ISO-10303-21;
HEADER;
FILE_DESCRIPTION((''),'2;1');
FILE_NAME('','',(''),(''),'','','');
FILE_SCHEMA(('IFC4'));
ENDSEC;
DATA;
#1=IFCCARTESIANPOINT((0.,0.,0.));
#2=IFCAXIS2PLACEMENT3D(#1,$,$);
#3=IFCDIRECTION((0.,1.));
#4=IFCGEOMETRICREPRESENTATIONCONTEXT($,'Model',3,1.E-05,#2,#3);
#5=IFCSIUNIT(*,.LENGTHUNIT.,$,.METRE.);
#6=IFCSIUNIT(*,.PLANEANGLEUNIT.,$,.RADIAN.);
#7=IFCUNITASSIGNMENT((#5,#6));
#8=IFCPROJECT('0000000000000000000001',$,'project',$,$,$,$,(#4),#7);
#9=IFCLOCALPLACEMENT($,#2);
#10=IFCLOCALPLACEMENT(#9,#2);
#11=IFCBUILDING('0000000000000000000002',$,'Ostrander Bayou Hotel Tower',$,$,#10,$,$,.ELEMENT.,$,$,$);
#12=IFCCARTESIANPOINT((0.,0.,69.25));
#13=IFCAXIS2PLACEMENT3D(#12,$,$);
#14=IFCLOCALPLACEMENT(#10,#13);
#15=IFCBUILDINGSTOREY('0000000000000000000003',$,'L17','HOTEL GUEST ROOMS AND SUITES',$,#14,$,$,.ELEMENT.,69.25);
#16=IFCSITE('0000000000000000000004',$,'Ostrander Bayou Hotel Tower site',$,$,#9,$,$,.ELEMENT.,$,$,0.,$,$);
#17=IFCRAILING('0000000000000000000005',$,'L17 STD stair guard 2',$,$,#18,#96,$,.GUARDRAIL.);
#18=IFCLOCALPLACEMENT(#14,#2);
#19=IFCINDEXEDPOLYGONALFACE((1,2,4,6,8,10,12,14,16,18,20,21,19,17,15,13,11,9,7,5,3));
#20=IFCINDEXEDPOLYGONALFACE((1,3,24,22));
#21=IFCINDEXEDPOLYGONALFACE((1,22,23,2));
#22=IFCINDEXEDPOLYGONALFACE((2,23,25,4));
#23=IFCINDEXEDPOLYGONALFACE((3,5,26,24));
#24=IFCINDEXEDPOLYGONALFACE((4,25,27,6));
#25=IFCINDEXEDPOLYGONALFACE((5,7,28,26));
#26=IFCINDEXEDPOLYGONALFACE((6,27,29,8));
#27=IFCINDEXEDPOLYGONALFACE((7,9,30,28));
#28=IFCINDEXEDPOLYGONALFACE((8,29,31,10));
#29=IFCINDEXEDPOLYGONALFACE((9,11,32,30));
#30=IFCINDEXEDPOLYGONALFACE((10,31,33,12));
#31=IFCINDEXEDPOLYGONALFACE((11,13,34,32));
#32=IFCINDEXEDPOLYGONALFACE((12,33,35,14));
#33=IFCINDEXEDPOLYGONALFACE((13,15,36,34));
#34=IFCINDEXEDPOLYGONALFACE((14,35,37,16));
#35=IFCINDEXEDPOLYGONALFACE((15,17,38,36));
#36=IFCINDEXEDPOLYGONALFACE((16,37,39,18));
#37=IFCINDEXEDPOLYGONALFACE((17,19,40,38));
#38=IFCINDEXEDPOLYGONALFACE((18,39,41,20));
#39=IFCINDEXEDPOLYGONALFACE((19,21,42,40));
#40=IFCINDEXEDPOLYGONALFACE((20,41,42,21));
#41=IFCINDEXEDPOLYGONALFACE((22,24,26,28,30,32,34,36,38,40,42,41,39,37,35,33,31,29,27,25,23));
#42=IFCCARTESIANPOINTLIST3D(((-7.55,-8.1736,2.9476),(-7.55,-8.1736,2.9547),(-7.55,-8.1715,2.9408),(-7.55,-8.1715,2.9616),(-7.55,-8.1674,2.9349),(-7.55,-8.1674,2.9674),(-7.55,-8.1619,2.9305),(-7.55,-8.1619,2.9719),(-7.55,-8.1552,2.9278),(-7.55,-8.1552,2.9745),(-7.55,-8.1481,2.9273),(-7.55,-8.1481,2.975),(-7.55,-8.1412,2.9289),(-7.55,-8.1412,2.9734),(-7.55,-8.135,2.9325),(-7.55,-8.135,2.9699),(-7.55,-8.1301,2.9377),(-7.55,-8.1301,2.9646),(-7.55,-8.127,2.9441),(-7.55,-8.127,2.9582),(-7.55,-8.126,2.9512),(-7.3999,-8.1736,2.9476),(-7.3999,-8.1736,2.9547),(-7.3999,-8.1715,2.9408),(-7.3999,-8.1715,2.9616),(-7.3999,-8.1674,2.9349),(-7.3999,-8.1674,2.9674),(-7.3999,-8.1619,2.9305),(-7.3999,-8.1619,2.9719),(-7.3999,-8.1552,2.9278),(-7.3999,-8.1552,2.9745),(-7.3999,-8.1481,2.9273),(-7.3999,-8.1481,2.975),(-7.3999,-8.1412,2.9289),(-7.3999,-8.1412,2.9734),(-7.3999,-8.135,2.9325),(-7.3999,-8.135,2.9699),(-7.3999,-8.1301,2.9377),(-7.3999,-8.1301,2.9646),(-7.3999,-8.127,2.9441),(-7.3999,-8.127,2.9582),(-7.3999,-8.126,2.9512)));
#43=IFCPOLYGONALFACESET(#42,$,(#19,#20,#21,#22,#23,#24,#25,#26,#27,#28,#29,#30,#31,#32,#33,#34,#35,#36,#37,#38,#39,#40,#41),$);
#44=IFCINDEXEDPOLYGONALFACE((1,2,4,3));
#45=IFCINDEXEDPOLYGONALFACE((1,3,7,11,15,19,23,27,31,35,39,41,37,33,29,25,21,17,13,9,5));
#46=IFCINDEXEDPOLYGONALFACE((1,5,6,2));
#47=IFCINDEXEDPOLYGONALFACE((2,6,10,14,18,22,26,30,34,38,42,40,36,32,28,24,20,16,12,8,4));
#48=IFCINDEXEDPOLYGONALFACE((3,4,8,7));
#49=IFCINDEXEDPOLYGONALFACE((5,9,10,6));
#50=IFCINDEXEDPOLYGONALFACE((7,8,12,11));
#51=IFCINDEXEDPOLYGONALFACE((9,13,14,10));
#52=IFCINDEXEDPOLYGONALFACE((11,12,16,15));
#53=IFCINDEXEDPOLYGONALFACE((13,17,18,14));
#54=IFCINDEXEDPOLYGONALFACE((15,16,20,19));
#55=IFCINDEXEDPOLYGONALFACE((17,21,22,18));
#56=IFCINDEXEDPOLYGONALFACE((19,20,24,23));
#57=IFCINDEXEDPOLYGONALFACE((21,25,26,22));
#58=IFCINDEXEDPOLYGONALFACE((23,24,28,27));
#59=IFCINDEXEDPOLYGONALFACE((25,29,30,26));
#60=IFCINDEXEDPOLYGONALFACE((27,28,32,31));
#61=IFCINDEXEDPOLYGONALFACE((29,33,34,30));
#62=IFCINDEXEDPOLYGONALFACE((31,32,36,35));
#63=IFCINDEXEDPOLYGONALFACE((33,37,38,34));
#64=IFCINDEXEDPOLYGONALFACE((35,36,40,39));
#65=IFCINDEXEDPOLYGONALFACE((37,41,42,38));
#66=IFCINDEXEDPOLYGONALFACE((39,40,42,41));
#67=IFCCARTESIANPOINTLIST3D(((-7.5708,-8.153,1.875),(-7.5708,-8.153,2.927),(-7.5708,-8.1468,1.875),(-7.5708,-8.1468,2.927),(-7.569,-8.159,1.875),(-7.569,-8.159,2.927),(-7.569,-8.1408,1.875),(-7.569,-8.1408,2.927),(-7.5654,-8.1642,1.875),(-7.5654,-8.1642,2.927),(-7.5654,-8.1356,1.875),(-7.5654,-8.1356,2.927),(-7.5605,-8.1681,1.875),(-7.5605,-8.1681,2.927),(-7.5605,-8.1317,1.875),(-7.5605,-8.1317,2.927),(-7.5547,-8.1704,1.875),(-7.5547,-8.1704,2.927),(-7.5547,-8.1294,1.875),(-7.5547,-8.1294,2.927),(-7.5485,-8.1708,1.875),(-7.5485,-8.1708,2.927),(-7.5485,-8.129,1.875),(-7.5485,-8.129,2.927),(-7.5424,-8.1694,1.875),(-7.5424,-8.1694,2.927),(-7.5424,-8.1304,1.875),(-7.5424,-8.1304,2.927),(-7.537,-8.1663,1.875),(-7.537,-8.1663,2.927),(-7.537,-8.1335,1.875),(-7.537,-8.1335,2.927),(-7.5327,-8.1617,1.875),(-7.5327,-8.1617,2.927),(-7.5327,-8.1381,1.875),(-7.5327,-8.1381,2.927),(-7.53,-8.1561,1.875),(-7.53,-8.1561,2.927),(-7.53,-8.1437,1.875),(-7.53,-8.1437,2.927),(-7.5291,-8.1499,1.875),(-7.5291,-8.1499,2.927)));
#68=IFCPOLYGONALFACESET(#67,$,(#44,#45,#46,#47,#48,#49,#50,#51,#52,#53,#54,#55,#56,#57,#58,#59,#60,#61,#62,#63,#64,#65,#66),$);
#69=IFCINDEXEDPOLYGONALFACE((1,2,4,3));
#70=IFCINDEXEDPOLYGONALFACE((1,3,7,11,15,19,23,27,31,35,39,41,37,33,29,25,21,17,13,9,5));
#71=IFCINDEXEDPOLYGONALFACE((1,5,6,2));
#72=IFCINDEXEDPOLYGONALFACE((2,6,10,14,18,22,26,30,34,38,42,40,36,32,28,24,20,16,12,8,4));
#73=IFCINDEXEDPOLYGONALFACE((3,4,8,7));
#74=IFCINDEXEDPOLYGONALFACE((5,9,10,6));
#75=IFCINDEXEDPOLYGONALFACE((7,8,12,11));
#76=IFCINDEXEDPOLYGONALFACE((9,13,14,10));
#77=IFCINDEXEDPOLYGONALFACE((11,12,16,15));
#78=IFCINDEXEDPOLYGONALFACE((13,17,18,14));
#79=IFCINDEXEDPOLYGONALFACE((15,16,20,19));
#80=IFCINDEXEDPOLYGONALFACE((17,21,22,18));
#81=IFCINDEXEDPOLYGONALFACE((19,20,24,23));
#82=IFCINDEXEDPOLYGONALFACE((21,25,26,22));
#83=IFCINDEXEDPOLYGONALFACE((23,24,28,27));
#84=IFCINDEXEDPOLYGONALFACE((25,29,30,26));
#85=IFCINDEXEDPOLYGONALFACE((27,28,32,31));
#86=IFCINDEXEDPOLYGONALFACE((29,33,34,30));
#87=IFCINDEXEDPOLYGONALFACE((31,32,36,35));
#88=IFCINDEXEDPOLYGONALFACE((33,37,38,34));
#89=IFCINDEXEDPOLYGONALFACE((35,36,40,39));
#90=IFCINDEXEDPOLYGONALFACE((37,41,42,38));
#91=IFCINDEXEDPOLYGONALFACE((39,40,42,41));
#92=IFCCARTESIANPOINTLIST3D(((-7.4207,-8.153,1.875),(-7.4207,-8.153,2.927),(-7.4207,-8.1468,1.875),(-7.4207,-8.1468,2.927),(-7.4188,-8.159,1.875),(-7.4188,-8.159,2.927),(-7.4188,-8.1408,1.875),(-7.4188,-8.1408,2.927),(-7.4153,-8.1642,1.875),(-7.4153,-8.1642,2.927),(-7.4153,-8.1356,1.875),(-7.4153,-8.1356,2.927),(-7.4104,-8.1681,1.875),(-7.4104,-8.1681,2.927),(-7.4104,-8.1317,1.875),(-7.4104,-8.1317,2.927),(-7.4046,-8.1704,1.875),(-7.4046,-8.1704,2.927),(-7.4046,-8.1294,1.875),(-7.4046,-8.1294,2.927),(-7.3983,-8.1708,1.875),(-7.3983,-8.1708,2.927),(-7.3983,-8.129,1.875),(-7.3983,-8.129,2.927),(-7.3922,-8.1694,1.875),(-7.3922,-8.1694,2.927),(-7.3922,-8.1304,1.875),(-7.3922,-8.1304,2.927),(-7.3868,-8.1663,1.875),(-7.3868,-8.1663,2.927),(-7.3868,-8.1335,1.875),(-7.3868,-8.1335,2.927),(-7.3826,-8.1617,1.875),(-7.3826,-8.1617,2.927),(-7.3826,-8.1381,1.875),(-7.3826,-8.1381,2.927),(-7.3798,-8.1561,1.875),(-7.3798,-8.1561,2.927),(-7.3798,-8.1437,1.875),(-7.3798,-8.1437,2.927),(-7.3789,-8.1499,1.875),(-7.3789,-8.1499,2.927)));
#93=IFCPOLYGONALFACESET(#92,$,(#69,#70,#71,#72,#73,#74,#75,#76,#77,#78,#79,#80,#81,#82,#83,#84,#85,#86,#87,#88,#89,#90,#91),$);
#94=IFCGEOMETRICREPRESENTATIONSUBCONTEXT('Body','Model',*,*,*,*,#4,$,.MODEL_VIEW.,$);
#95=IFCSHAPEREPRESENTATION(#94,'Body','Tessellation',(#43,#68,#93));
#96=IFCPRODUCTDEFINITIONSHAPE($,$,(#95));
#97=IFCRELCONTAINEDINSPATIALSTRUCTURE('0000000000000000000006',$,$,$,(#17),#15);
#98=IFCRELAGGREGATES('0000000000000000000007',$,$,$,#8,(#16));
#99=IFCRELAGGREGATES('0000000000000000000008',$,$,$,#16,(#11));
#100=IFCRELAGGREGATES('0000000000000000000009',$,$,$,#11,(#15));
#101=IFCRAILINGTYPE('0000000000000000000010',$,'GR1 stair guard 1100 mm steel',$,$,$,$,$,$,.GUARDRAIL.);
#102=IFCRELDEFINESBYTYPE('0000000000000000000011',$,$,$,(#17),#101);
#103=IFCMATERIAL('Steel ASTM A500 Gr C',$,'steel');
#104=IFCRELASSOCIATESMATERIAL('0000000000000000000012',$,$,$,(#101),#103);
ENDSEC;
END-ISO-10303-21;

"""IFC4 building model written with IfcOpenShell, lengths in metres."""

from ifc_helpers import new_model, si_unit, direction, frame, origin, origin_2d, place, context, subcontext, project, spatial, circle, extrude, material, type_object, element, save


model = new_model("IFC4")

# Units and contexts
model_context = context("Model", 3, precision=1e-05, world=origin(), true_north=direction((0.0, 1.0)))
body_context = subcontext(model_context, "Body", "Model", "MODEL_VIEW")
ifc_project = project(units=[si_unit("LENGTHUNIT", "METRE"), si_unit("PLANEANGLEUNIT", "RADIAN")], contexts=[model_context])

# Site, building, storey
site_placement = place(None, origin())
site = spatial("IfcSite", under=ifc_project, at=site_placement, Name="Ostrander Bayou Hotel Tower site", CompositionType="ELEMENT", RefElevation=0.0)
building_placement = place(site_placement, origin())
building = spatial("IfcBuilding", under=site, at=building_placement, Name="Ostrander Bayou Hotel Tower", CompositionType="ELEMENT")
storey_placement = place(building_placement, frame((0.0, 0.0, 69.25)))
storey = spatial("IfcBuildingStorey", under=building, at=storey_placement, Name="L17", Description="HOTEL GUEST ROOMS AND SUITES", CompositionType="ELEMENT", Elevation=69.25)

# Railing
ifc_material_1 = material(Name="Steel ASTM A500 Gr C", Category="steel")
railing_type_1 = type_object("IfcRailingType", Name="GR1 stair guard 1100 mm steel", PredefinedType="GUARDRAIL", material=ifc_material_1)
railing_1_placement = place(storey_placement, frame((-7.55, -8.1499, 1.875)))
element("IfcRailing", 1, at=railing_1_placement, inside=storey, type_object=railing_type_1, Name="L17 STD stair guard 2", PredefinedType="GUARDRAIL", context=body_context, shape_type="SweptSolid", body=[
    extrude(circle(Radius=0.0239, at=origin_2d()), frame((0.0, 0.0, 1.0762), z_axis=(1.0, 0.0, 0.0), x_axis=(0.0, 1.0, 0.0)), (0.0, 0.0, 1.0), 0.1501),
    extrude(circle(Radius=0.021, at=origin_2d()), origin(), (0.0, 0.0, 1.0), 1.052),
    extrude(circle(Radius=0.021, at=origin_2d()), frame((0.1501, 0.0, 0.0)), (0.0, 0.0, 1.0), 1.052),
])

save(model, "model.ifc")
